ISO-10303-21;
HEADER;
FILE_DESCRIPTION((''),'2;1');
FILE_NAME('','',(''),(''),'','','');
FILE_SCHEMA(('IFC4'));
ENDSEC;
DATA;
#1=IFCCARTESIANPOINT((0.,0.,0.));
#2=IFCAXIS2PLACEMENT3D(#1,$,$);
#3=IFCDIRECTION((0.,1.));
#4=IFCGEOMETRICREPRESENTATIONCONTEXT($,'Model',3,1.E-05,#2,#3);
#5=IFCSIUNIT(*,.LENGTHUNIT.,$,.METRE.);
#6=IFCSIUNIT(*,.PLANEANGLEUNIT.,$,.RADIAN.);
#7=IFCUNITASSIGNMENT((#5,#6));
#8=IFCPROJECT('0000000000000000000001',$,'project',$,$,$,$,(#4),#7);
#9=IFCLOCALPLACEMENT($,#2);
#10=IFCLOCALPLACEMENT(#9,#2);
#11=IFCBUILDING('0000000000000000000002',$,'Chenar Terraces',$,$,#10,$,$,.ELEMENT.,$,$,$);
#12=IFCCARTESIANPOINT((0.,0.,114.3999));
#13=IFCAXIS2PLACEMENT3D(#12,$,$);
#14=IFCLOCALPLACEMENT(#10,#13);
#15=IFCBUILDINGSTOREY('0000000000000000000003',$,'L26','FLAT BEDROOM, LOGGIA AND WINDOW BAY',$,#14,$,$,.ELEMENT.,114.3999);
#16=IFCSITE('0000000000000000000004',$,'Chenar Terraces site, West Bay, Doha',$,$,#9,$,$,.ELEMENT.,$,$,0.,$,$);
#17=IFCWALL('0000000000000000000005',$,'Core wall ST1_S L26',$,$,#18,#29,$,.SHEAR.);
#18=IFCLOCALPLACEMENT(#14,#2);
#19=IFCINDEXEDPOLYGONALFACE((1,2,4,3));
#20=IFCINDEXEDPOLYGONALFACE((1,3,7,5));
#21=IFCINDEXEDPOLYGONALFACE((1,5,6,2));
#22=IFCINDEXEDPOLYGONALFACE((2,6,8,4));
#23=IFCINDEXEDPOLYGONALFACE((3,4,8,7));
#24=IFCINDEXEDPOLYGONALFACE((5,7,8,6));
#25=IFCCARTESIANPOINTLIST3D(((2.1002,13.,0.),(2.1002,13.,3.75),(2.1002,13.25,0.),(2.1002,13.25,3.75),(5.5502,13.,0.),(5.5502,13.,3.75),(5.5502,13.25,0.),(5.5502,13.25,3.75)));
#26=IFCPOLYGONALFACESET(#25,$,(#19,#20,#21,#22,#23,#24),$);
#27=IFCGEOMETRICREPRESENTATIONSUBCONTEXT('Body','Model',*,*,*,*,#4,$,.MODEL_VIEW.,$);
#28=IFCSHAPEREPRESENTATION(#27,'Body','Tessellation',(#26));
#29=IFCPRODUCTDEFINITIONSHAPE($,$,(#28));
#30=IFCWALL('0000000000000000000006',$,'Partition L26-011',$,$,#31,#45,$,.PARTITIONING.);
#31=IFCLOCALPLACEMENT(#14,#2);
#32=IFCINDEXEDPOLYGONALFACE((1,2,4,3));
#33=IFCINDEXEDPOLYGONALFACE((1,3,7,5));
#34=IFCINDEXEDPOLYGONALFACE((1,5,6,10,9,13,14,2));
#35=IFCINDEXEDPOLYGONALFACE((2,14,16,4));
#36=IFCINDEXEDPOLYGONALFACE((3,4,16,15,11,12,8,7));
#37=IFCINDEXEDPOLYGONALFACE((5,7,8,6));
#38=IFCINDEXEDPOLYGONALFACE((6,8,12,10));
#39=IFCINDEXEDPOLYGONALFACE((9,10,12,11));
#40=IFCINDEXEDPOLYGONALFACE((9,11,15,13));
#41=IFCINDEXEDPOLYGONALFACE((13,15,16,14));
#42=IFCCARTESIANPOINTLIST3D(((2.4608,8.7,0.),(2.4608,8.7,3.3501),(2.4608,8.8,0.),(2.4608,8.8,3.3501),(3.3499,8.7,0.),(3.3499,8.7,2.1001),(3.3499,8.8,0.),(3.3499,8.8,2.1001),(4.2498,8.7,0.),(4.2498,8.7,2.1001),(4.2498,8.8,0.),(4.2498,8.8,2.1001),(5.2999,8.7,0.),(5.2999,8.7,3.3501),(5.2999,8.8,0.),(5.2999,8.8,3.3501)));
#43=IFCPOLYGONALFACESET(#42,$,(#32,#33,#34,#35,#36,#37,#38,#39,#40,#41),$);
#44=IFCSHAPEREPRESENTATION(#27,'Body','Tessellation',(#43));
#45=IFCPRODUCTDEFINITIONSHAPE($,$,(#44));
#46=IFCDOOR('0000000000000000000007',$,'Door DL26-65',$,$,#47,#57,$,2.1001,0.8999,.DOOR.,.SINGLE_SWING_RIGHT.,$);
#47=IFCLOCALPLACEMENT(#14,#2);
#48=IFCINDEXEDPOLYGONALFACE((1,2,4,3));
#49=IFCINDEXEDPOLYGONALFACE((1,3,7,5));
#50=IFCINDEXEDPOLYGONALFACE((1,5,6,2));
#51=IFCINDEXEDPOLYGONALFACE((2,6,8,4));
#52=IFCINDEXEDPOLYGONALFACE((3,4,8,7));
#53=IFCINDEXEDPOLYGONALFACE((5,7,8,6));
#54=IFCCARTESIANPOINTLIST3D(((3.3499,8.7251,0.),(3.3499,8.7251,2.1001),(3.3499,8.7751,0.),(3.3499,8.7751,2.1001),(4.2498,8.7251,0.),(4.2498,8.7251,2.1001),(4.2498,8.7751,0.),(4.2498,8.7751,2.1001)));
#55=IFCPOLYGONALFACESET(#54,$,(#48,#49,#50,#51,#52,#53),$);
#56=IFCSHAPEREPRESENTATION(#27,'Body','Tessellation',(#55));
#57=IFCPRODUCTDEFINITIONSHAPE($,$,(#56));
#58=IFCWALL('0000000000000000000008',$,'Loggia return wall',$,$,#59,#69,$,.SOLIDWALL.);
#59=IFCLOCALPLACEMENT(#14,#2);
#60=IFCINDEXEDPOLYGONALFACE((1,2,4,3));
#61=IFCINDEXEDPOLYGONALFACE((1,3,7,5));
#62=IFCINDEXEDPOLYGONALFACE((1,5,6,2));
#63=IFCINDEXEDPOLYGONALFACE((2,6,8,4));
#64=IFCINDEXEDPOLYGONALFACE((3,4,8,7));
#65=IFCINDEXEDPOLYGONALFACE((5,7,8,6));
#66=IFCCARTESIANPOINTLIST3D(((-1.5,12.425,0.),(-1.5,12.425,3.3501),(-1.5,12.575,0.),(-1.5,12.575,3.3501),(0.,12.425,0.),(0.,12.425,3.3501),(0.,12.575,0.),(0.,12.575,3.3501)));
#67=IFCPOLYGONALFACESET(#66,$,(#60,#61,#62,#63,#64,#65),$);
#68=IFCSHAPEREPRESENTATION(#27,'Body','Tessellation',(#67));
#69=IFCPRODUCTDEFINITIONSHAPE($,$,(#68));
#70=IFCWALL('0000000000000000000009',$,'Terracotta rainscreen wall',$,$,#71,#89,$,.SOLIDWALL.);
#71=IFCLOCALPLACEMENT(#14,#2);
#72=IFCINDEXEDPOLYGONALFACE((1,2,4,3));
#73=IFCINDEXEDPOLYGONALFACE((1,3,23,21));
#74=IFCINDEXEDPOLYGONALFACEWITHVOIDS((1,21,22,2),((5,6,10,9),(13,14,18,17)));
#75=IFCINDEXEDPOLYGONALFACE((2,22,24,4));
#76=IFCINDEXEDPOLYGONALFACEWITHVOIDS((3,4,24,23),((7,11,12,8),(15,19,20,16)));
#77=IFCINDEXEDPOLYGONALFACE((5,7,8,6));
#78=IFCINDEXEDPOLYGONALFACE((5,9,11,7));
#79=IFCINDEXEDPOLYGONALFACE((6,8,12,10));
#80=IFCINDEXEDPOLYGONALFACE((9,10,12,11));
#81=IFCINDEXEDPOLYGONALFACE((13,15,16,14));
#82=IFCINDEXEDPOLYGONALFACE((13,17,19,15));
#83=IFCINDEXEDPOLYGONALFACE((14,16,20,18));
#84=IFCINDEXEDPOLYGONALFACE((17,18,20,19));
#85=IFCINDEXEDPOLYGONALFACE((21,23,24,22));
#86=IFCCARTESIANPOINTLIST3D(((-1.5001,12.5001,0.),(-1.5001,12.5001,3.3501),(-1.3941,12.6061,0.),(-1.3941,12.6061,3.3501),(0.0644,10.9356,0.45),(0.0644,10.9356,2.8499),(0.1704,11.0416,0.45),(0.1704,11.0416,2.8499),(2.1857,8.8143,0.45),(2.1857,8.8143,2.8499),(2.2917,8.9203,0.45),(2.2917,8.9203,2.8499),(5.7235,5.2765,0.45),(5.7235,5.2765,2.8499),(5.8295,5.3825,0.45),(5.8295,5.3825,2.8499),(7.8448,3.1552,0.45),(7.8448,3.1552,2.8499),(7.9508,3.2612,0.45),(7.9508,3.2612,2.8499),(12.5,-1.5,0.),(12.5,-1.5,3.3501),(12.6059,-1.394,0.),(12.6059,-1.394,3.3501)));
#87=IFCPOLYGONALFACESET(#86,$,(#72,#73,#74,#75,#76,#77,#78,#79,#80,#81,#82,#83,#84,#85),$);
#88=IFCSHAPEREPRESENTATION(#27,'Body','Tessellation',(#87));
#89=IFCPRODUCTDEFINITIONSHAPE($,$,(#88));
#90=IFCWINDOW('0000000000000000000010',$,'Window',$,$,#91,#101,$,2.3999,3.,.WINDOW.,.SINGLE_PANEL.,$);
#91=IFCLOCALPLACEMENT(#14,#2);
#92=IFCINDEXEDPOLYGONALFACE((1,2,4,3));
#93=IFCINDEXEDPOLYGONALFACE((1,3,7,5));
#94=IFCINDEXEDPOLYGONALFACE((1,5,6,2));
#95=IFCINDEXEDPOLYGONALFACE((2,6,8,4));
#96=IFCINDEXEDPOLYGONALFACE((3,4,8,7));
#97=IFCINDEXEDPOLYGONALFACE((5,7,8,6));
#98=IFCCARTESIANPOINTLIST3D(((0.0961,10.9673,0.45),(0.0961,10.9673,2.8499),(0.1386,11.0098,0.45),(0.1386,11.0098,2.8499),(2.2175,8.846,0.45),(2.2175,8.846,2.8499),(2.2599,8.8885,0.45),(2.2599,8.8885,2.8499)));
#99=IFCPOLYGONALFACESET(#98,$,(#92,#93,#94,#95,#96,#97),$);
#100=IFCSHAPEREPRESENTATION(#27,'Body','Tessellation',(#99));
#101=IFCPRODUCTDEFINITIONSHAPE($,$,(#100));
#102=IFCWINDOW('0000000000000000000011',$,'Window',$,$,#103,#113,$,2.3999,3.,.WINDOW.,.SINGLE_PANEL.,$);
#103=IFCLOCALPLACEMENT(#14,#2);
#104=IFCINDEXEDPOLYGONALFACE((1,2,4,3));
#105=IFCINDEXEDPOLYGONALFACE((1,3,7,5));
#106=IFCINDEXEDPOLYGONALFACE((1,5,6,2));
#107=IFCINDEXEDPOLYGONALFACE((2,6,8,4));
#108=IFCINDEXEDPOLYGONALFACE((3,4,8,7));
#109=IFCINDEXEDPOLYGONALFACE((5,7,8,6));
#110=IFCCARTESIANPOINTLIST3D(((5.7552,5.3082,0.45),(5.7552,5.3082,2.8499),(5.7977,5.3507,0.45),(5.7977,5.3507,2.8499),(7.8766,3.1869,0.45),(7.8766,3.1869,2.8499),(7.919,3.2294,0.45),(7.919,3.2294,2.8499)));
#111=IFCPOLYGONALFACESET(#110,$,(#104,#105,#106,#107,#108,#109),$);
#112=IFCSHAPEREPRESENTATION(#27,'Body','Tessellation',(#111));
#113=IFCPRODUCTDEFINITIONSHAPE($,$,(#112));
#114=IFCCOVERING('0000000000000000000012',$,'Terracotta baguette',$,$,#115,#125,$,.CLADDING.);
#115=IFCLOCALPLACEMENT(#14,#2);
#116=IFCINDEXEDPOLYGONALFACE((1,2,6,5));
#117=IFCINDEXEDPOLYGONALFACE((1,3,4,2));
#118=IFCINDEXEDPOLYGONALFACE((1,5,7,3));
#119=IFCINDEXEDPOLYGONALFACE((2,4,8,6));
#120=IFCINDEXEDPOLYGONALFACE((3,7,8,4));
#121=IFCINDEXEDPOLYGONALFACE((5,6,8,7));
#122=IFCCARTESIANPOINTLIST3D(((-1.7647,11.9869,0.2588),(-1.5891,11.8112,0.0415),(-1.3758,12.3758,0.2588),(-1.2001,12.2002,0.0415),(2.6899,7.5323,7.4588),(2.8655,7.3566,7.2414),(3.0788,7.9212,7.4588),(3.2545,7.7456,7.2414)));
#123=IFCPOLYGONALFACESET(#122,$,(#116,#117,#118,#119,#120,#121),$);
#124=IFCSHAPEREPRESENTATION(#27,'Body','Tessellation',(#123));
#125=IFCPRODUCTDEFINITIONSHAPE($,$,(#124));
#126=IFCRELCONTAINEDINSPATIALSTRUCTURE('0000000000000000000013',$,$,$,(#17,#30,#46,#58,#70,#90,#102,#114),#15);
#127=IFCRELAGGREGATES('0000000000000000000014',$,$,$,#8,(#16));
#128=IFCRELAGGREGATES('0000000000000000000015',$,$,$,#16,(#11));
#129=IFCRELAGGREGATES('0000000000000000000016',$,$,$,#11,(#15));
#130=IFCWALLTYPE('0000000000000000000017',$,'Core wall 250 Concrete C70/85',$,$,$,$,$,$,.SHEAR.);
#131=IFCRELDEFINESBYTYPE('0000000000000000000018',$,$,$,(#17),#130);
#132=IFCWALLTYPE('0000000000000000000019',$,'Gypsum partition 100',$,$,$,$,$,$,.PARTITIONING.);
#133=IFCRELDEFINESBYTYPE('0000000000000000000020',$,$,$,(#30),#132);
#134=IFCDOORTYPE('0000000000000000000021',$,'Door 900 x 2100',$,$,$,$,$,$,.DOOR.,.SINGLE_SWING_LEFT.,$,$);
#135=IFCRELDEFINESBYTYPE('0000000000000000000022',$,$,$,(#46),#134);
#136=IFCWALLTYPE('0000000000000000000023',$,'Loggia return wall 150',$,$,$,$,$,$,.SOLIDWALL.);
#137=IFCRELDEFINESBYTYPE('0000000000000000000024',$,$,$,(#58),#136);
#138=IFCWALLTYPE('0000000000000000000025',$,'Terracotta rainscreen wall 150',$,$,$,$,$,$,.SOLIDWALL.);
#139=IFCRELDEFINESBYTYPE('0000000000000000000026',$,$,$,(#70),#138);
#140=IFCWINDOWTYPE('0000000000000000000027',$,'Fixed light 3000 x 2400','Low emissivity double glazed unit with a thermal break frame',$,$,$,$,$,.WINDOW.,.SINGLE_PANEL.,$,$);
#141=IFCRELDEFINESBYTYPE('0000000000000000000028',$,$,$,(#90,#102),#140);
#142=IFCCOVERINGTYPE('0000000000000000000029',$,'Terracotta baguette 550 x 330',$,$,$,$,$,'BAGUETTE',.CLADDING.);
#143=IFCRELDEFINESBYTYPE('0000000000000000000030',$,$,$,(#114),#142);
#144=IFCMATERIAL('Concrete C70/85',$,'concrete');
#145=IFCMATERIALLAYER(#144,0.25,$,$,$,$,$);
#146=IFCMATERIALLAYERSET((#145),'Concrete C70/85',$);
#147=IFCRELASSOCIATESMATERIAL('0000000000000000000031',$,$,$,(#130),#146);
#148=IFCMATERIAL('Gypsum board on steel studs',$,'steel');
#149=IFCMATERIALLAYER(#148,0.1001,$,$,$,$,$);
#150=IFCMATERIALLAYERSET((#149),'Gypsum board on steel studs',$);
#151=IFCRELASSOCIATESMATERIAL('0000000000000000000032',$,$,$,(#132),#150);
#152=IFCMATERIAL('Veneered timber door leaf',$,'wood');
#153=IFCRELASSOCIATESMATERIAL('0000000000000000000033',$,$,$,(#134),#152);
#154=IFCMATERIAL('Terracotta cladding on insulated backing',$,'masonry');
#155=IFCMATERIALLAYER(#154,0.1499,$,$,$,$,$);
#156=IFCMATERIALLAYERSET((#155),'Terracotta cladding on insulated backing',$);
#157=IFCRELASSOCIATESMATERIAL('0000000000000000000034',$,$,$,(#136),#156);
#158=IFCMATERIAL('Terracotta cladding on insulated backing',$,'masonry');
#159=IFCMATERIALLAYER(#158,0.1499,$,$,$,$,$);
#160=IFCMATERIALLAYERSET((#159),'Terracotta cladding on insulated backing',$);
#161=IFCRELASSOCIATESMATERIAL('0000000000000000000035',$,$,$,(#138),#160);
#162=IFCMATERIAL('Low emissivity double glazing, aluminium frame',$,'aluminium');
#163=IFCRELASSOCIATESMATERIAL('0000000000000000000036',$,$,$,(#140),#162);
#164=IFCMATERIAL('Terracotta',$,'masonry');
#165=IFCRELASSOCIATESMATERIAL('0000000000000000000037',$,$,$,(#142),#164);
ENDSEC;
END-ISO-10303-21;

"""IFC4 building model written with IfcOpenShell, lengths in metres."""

from ifc_helpers import new_model, si_unit, direction, frame, frame_2d, origin, origin_2d, place, context, subcontext, project, spatial, rectangle, extrude, material, layer, layer_set, material_profile, profile_set, type_object, element, fill, save


model = new_model("IFC4")

# Units and contexts
model_context = context("Model", 3, precision=1e-05, world=origin(), true_north=direction((0.0, 1.0)))
body_context = subcontext(model_context, "Body", "Model", "MODEL_VIEW")
ifc_project = project(units=[si_unit("LENGTHUNIT", "METRE"), si_unit("PLANEANGLEUNIT", "RADIAN")], contexts=[model_context])

# Site, building, storey
site_placement = place(None, origin())
site = spatial("IfcSite", under=ifc_project, at=site_placement, Name="Chenar Terraces site, West Bay, Doha", CompositionType="ELEMENT", RefElevation=0.0)
building_placement = place(site_placement, origin())
building = spatial("IfcBuilding", under=site, at=building_placement, Name="Chenar Terraces", CompositionType="ELEMENT")
storey_placement = place(building_placement, frame((0.0, 0.0, 114.3999)))
storey = spatial("IfcBuildingStorey", under=building, at=storey_placement, Name="L26", Description="FLAT BEDROOM, LOGGIA AND WINDOW BAY", CompositionType="ELEMENT", Elevation=114.3999)

# Wall
ifc_material_1 = material(Name="Concrete C70/85", Category="concrete")
ifc_layer_1 = layer(ifc_material_1, 0.25)
ifc_layer_set_1 = layer_set([ifc_layer_1], Name="Concrete C70/85")
wall_type_1 = type_object("IfcWallType", Name="Core wall 250 Concrete C70/85", PredefinedType="SHEAR", material=ifc_layer_set_1)
wall_1_placement = place(storey_placement, frame((2.1001, 13.125, 0.0), z_axis=(0.0, 0.0, 1.0), x_axis=(1.0, 0.0, 0.0)))
element("IfcWall", 1, at=wall_1_placement, inside=storey, type_object=wall_type_1, Name="Core wall ST1_S L26", PredefinedType="SHEAR", context=body_context, shape_type="SweptSolid", body=[
    extrude(rectangle(XDim=3.45, YDim=0.25, at=frame_2d((1.7251, 0.0))), origin(), (0.0, 0.0, 1.0), 3.75),
])

# Wall, opening, door
ifc_material_2 = material(Name="Gypsum board on steel studs", Category="steel")
ifc_layer_2 = layer(ifc_material_2, 0.1001)
ifc_layer_set_2 = layer_set([ifc_layer_2], Name="Gypsum board on steel studs")
wall_type_2 = type_object("IfcWallType", Name="Gypsum partition 100", PredefinedType="PARTITIONING", material=ifc_layer_set_2)
wall_2_placement = place(storey_placement, frame((2.4609, 8.75, 0.0), z_axis=(0.0, 0.0, 1.0), x_axis=(1.0, 0.0, 0.0)))
wall_2 = element("IfcWall", 2, at=wall_2_placement, inside=storey, type_object=wall_type_2, Name="Partition L26-011", PredefinedType="PARTITIONING", context=body_context, shape_type="SweptSolid", body=[
    extrude(rectangle(XDim=2.8391, YDim=0.1001, at=frame_2d((1.4194, 0.0))), origin(), (0.0, 0.0, 1.0), 3.3501),
])
opening_1_placement = place(wall_2_placement, frame((0.8889, 0.0, 0.0)))
opening_1 = element("IfcOpeningElement", 3, at=opening_1_placement, cuts=wall_2, PredefinedType="OPENING", context=body_context, shape_type="SweptSolid", body=[
    extrude(rectangle(XDim=0.8999, YDim=2.1001, at=frame_2d((0.45, 1.05))), frame((0.0, 0.0601, 0.0), z_axis=(0.0, -1.0, 0.0), x_axis=(1.0, 0.0, 0.0)), (0.0, 0.0, 1.0), 0.1201),
])
ifc_material_3 = material(Name="Veneered timber door leaf", Category="wood")
door_type = type_object("IfcDoorType", Name="Door 900 x 2100", OperationType="SINGLE_SWING_LEFT", PredefinedType="DOOR", material=ifc_material_3)
door_placement = place(opening_1_placement, frame((0.8999, 0.0, 0.0), z_axis=(0.0, 0.0, 1.0), x_axis=(-1.0, 0.0, 0.0)))
door = element("IfcDoor", 4, at=door_placement, inside=storey, type_object=door_type, Name="Door DL26-65", OperationType="SINGLE_SWING_RIGHT", OverallHeight=2.1001, OverallWidth=0.8999, PredefinedType="DOOR", context=body_context, shape_type="SweptSolid", body=[
    extrude(rectangle(XDim=0.8999, YDim=2.1001, at=frame_2d((0.45, 1.05))), frame((0.0, 0.0249, 0.0), z_axis=(0.0, -1.0, 0.0), x_axis=(1.0, 0.0, 0.0)), (0.0, 0.0, 1.0), 0.05),
])
fill(opening_1, door)

# Wall
ifc_material_4 = material(Name="Terracotta cladding on insulated backing", Category="masonry")
ifc_layer_3 = layer(ifc_material_4, 0.1499)
ifc_layer_set_3 = layer_set([ifc_layer_3], Name="Terracotta cladding on insulated backing")
wall_type_3 = type_object("IfcWallType", Name="Loggia return wall 150", PredefinedType="SOLIDWALL", material=ifc_layer_set_3)
wall_3_placement = place(storey_placement, frame((-1.5, 12.5, 0.0), z_axis=(0.0, 0.0, 1.0), x_axis=(1.0, 0.0, 0.0)))
element("IfcWall", 5, at=wall_3_placement, inside=storey, type_object=wall_type_3, Name="Loggia return wall", PredefinedType="SOLIDWALL", context=body_context, shape_type="SweptSolid", body=[
    extrude(rectangle(XDim=1.5, YDim=0.1499, at=frame_2d((0.75, 0.0))), origin(), (0.0, 0.0, 1.0), 3.3501),
])

# Wall, openings, windows
ifc_material_5 = material(Name="Terracotta cladding on insulated backing", Category="masonry")
ifc_layer_4 = layer(ifc_material_5, 0.1499)
ifc_layer_set_4 = layer_set([ifc_layer_4], Name="Terracotta cladding on insulated backing")
wall_type_4 = type_object("IfcWallType", Name="Terracotta rainscreen wall 150", PredefinedType="SOLIDWALL", material=ifc_layer_set_4)
wall_4_placement = place(storey_placement, frame((-1.447, 12.553, 0.0), z_axis=(0.0, 0.0, 1.0), x_axis=(0.707107, -0.707107, 0.0)))
wall_4 = element("IfcWall", 6, at=wall_4_placement, inside=storey, type_object=wall_type_4, Name="Terracotta rainscreen wall", PredefinedType="SOLIDWALL", context=body_context, shape_type="SweptSolid", body=[
    extrude(rectangle(XDim=19.7991, YDim=0.1499, at=frame_2d((9.8994, 0.0))), origin(), (0.0, 0.0, 1.0), 3.3501),
])
opening_2_placement = place(wall_4_placement, frame((2.2124, 0.0, 0.45)))
opening_2 = element("IfcOpeningElement", 7, at=opening_2_placement, cuts=wall_4, PredefinedType="OPENING", context=body_context, shape_type="SweptSolid", body=[
    extrude(rectangle(XDim=3.0, YDim=2.3999, at=frame_2d((1.5, 1.2))), frame((0.0, 0.085, 0.0), z_axis=(0.0, -1.0, 0.0), x_axis=(1.0, 0.0, 0.0)), (0.0, 0.0, 1.0), 0.1699),
])
opening_3_placement = place(wall_4_placement, frame((10.2156, 0.0, 0.45)))
opening_3 = element("IfcOpeningElement", 8, at=opening_3_placement, cuts=wall_4, PredefinedType="OPENING", context=body_context, shape_type="SweptSolid", body=[
    extrude(rectangle(XDim=3.0, YDim=2.3999, at=frame_2d((1.5, 1.2))), frame((0.0, 0.085, 0.0), z_axis=(0.0, -1.0, 0.0), x_axis=(1.0, 0.0, 0.0)), (0.0, 0.0, 1.0), 0.1699),
])
ifc_material_6 = material(Name="Low emissivity double glazing, aluminium frame", Category="aluminium")
window_type = type_object("IfcWindowType", Name="Fixed light 3000 x 2400", Description="Low emissivity double glazed unit with a thermal break frame", PartitioningType="SINGLE_PANEL", PredefinedType="WINDOW", material=ifc_material_6)
window_1_placement = place(opening_2_placement, origin())
window_1 = element("IfcWindow", 9, at=window_1_placement, inside=storey, type_object=window_type, Name="Window", OverallHeight=2.3999, OverallWidth=3.0, PartitioningType="SINGLE_PANEL", PredefinedType="WINDOW", context=body_context, shape_type="SweptSolid", body=[
    extrude(rectangle(XDim=3.0, YDim=2.3999, at=frame_2d((1.5, 1.2))), frame((0.0, 0.03, 0.0), z_axis=(0.0, -1.0, 0.0), x_axis=(1.0, 0.0, 0.0)), (0.0, 0.0, 1.0), 0.0601),
])
fill(opening_2, window_1)
window_2_placement = place(opening_3_placement, origin())
window_2 = element("IfcWindow", 10, at=window_2_placement, inside=storey, type_object=window_type, Name="Window", OverallHeight=2.3999, OverallWidth=3.0, PartitioningType="SINGLE_PANEL", PredefinedType="WINDOW", context=body_context, shape_type="SweptSolid", body=[
    extrude(rectangle(XDim=3.0, YDim=2.3999, at=frame_2d((1.5, 1.2))), frame((0.0, 0.03, 0.0), z_axis=(0.0, -1.0, 0.0), x_axis=(1.0, 0.0, 0.0)), (0.0, 0.0, 1.0), 0.0601),
])
fill(opening_3, window_2)

# Covering
ifc_material_7 = material(Name="Terracotta", Category="masonry")
ifc_material_profile = material_profile(ifc_material_7, rectangle(XDim=0.55, YDim=0.3301, at=origin_2d()), Name="Terracotta baguette 550 x 330")
ifc_profile_set = profile_set([ifc_material_profile], Name="Terracotta")
covering_type = type_object("IfcCoveringType", Name="Terracotta baguette 550 x 330", ElementType="BAGUETTE", PredefinedType="CLADDING", material=ifc_profile_set)
covering_placement = place(storey_placement, frame((-1.4824, 12.0935, 0.1501), z_axis=(0.465624, -0.465624, 0.752588), x_axis=(0.707107, 0.707107, 0.0)))
element("IfcCovering", 11, at=covering_placement, inside=storey, type_object=covering_type, Name="Terracotta baguette", PredefinedType="CLADDING", context=body_context, shape_type="SweptSolid", body=[
    extrude(rectangle(XDim=0.55, YDim=0.3301, at=origin_2d()), origin(), (0.0, 0.0, 1.0), 9.5669),
])

save(model, "model.ifc")
